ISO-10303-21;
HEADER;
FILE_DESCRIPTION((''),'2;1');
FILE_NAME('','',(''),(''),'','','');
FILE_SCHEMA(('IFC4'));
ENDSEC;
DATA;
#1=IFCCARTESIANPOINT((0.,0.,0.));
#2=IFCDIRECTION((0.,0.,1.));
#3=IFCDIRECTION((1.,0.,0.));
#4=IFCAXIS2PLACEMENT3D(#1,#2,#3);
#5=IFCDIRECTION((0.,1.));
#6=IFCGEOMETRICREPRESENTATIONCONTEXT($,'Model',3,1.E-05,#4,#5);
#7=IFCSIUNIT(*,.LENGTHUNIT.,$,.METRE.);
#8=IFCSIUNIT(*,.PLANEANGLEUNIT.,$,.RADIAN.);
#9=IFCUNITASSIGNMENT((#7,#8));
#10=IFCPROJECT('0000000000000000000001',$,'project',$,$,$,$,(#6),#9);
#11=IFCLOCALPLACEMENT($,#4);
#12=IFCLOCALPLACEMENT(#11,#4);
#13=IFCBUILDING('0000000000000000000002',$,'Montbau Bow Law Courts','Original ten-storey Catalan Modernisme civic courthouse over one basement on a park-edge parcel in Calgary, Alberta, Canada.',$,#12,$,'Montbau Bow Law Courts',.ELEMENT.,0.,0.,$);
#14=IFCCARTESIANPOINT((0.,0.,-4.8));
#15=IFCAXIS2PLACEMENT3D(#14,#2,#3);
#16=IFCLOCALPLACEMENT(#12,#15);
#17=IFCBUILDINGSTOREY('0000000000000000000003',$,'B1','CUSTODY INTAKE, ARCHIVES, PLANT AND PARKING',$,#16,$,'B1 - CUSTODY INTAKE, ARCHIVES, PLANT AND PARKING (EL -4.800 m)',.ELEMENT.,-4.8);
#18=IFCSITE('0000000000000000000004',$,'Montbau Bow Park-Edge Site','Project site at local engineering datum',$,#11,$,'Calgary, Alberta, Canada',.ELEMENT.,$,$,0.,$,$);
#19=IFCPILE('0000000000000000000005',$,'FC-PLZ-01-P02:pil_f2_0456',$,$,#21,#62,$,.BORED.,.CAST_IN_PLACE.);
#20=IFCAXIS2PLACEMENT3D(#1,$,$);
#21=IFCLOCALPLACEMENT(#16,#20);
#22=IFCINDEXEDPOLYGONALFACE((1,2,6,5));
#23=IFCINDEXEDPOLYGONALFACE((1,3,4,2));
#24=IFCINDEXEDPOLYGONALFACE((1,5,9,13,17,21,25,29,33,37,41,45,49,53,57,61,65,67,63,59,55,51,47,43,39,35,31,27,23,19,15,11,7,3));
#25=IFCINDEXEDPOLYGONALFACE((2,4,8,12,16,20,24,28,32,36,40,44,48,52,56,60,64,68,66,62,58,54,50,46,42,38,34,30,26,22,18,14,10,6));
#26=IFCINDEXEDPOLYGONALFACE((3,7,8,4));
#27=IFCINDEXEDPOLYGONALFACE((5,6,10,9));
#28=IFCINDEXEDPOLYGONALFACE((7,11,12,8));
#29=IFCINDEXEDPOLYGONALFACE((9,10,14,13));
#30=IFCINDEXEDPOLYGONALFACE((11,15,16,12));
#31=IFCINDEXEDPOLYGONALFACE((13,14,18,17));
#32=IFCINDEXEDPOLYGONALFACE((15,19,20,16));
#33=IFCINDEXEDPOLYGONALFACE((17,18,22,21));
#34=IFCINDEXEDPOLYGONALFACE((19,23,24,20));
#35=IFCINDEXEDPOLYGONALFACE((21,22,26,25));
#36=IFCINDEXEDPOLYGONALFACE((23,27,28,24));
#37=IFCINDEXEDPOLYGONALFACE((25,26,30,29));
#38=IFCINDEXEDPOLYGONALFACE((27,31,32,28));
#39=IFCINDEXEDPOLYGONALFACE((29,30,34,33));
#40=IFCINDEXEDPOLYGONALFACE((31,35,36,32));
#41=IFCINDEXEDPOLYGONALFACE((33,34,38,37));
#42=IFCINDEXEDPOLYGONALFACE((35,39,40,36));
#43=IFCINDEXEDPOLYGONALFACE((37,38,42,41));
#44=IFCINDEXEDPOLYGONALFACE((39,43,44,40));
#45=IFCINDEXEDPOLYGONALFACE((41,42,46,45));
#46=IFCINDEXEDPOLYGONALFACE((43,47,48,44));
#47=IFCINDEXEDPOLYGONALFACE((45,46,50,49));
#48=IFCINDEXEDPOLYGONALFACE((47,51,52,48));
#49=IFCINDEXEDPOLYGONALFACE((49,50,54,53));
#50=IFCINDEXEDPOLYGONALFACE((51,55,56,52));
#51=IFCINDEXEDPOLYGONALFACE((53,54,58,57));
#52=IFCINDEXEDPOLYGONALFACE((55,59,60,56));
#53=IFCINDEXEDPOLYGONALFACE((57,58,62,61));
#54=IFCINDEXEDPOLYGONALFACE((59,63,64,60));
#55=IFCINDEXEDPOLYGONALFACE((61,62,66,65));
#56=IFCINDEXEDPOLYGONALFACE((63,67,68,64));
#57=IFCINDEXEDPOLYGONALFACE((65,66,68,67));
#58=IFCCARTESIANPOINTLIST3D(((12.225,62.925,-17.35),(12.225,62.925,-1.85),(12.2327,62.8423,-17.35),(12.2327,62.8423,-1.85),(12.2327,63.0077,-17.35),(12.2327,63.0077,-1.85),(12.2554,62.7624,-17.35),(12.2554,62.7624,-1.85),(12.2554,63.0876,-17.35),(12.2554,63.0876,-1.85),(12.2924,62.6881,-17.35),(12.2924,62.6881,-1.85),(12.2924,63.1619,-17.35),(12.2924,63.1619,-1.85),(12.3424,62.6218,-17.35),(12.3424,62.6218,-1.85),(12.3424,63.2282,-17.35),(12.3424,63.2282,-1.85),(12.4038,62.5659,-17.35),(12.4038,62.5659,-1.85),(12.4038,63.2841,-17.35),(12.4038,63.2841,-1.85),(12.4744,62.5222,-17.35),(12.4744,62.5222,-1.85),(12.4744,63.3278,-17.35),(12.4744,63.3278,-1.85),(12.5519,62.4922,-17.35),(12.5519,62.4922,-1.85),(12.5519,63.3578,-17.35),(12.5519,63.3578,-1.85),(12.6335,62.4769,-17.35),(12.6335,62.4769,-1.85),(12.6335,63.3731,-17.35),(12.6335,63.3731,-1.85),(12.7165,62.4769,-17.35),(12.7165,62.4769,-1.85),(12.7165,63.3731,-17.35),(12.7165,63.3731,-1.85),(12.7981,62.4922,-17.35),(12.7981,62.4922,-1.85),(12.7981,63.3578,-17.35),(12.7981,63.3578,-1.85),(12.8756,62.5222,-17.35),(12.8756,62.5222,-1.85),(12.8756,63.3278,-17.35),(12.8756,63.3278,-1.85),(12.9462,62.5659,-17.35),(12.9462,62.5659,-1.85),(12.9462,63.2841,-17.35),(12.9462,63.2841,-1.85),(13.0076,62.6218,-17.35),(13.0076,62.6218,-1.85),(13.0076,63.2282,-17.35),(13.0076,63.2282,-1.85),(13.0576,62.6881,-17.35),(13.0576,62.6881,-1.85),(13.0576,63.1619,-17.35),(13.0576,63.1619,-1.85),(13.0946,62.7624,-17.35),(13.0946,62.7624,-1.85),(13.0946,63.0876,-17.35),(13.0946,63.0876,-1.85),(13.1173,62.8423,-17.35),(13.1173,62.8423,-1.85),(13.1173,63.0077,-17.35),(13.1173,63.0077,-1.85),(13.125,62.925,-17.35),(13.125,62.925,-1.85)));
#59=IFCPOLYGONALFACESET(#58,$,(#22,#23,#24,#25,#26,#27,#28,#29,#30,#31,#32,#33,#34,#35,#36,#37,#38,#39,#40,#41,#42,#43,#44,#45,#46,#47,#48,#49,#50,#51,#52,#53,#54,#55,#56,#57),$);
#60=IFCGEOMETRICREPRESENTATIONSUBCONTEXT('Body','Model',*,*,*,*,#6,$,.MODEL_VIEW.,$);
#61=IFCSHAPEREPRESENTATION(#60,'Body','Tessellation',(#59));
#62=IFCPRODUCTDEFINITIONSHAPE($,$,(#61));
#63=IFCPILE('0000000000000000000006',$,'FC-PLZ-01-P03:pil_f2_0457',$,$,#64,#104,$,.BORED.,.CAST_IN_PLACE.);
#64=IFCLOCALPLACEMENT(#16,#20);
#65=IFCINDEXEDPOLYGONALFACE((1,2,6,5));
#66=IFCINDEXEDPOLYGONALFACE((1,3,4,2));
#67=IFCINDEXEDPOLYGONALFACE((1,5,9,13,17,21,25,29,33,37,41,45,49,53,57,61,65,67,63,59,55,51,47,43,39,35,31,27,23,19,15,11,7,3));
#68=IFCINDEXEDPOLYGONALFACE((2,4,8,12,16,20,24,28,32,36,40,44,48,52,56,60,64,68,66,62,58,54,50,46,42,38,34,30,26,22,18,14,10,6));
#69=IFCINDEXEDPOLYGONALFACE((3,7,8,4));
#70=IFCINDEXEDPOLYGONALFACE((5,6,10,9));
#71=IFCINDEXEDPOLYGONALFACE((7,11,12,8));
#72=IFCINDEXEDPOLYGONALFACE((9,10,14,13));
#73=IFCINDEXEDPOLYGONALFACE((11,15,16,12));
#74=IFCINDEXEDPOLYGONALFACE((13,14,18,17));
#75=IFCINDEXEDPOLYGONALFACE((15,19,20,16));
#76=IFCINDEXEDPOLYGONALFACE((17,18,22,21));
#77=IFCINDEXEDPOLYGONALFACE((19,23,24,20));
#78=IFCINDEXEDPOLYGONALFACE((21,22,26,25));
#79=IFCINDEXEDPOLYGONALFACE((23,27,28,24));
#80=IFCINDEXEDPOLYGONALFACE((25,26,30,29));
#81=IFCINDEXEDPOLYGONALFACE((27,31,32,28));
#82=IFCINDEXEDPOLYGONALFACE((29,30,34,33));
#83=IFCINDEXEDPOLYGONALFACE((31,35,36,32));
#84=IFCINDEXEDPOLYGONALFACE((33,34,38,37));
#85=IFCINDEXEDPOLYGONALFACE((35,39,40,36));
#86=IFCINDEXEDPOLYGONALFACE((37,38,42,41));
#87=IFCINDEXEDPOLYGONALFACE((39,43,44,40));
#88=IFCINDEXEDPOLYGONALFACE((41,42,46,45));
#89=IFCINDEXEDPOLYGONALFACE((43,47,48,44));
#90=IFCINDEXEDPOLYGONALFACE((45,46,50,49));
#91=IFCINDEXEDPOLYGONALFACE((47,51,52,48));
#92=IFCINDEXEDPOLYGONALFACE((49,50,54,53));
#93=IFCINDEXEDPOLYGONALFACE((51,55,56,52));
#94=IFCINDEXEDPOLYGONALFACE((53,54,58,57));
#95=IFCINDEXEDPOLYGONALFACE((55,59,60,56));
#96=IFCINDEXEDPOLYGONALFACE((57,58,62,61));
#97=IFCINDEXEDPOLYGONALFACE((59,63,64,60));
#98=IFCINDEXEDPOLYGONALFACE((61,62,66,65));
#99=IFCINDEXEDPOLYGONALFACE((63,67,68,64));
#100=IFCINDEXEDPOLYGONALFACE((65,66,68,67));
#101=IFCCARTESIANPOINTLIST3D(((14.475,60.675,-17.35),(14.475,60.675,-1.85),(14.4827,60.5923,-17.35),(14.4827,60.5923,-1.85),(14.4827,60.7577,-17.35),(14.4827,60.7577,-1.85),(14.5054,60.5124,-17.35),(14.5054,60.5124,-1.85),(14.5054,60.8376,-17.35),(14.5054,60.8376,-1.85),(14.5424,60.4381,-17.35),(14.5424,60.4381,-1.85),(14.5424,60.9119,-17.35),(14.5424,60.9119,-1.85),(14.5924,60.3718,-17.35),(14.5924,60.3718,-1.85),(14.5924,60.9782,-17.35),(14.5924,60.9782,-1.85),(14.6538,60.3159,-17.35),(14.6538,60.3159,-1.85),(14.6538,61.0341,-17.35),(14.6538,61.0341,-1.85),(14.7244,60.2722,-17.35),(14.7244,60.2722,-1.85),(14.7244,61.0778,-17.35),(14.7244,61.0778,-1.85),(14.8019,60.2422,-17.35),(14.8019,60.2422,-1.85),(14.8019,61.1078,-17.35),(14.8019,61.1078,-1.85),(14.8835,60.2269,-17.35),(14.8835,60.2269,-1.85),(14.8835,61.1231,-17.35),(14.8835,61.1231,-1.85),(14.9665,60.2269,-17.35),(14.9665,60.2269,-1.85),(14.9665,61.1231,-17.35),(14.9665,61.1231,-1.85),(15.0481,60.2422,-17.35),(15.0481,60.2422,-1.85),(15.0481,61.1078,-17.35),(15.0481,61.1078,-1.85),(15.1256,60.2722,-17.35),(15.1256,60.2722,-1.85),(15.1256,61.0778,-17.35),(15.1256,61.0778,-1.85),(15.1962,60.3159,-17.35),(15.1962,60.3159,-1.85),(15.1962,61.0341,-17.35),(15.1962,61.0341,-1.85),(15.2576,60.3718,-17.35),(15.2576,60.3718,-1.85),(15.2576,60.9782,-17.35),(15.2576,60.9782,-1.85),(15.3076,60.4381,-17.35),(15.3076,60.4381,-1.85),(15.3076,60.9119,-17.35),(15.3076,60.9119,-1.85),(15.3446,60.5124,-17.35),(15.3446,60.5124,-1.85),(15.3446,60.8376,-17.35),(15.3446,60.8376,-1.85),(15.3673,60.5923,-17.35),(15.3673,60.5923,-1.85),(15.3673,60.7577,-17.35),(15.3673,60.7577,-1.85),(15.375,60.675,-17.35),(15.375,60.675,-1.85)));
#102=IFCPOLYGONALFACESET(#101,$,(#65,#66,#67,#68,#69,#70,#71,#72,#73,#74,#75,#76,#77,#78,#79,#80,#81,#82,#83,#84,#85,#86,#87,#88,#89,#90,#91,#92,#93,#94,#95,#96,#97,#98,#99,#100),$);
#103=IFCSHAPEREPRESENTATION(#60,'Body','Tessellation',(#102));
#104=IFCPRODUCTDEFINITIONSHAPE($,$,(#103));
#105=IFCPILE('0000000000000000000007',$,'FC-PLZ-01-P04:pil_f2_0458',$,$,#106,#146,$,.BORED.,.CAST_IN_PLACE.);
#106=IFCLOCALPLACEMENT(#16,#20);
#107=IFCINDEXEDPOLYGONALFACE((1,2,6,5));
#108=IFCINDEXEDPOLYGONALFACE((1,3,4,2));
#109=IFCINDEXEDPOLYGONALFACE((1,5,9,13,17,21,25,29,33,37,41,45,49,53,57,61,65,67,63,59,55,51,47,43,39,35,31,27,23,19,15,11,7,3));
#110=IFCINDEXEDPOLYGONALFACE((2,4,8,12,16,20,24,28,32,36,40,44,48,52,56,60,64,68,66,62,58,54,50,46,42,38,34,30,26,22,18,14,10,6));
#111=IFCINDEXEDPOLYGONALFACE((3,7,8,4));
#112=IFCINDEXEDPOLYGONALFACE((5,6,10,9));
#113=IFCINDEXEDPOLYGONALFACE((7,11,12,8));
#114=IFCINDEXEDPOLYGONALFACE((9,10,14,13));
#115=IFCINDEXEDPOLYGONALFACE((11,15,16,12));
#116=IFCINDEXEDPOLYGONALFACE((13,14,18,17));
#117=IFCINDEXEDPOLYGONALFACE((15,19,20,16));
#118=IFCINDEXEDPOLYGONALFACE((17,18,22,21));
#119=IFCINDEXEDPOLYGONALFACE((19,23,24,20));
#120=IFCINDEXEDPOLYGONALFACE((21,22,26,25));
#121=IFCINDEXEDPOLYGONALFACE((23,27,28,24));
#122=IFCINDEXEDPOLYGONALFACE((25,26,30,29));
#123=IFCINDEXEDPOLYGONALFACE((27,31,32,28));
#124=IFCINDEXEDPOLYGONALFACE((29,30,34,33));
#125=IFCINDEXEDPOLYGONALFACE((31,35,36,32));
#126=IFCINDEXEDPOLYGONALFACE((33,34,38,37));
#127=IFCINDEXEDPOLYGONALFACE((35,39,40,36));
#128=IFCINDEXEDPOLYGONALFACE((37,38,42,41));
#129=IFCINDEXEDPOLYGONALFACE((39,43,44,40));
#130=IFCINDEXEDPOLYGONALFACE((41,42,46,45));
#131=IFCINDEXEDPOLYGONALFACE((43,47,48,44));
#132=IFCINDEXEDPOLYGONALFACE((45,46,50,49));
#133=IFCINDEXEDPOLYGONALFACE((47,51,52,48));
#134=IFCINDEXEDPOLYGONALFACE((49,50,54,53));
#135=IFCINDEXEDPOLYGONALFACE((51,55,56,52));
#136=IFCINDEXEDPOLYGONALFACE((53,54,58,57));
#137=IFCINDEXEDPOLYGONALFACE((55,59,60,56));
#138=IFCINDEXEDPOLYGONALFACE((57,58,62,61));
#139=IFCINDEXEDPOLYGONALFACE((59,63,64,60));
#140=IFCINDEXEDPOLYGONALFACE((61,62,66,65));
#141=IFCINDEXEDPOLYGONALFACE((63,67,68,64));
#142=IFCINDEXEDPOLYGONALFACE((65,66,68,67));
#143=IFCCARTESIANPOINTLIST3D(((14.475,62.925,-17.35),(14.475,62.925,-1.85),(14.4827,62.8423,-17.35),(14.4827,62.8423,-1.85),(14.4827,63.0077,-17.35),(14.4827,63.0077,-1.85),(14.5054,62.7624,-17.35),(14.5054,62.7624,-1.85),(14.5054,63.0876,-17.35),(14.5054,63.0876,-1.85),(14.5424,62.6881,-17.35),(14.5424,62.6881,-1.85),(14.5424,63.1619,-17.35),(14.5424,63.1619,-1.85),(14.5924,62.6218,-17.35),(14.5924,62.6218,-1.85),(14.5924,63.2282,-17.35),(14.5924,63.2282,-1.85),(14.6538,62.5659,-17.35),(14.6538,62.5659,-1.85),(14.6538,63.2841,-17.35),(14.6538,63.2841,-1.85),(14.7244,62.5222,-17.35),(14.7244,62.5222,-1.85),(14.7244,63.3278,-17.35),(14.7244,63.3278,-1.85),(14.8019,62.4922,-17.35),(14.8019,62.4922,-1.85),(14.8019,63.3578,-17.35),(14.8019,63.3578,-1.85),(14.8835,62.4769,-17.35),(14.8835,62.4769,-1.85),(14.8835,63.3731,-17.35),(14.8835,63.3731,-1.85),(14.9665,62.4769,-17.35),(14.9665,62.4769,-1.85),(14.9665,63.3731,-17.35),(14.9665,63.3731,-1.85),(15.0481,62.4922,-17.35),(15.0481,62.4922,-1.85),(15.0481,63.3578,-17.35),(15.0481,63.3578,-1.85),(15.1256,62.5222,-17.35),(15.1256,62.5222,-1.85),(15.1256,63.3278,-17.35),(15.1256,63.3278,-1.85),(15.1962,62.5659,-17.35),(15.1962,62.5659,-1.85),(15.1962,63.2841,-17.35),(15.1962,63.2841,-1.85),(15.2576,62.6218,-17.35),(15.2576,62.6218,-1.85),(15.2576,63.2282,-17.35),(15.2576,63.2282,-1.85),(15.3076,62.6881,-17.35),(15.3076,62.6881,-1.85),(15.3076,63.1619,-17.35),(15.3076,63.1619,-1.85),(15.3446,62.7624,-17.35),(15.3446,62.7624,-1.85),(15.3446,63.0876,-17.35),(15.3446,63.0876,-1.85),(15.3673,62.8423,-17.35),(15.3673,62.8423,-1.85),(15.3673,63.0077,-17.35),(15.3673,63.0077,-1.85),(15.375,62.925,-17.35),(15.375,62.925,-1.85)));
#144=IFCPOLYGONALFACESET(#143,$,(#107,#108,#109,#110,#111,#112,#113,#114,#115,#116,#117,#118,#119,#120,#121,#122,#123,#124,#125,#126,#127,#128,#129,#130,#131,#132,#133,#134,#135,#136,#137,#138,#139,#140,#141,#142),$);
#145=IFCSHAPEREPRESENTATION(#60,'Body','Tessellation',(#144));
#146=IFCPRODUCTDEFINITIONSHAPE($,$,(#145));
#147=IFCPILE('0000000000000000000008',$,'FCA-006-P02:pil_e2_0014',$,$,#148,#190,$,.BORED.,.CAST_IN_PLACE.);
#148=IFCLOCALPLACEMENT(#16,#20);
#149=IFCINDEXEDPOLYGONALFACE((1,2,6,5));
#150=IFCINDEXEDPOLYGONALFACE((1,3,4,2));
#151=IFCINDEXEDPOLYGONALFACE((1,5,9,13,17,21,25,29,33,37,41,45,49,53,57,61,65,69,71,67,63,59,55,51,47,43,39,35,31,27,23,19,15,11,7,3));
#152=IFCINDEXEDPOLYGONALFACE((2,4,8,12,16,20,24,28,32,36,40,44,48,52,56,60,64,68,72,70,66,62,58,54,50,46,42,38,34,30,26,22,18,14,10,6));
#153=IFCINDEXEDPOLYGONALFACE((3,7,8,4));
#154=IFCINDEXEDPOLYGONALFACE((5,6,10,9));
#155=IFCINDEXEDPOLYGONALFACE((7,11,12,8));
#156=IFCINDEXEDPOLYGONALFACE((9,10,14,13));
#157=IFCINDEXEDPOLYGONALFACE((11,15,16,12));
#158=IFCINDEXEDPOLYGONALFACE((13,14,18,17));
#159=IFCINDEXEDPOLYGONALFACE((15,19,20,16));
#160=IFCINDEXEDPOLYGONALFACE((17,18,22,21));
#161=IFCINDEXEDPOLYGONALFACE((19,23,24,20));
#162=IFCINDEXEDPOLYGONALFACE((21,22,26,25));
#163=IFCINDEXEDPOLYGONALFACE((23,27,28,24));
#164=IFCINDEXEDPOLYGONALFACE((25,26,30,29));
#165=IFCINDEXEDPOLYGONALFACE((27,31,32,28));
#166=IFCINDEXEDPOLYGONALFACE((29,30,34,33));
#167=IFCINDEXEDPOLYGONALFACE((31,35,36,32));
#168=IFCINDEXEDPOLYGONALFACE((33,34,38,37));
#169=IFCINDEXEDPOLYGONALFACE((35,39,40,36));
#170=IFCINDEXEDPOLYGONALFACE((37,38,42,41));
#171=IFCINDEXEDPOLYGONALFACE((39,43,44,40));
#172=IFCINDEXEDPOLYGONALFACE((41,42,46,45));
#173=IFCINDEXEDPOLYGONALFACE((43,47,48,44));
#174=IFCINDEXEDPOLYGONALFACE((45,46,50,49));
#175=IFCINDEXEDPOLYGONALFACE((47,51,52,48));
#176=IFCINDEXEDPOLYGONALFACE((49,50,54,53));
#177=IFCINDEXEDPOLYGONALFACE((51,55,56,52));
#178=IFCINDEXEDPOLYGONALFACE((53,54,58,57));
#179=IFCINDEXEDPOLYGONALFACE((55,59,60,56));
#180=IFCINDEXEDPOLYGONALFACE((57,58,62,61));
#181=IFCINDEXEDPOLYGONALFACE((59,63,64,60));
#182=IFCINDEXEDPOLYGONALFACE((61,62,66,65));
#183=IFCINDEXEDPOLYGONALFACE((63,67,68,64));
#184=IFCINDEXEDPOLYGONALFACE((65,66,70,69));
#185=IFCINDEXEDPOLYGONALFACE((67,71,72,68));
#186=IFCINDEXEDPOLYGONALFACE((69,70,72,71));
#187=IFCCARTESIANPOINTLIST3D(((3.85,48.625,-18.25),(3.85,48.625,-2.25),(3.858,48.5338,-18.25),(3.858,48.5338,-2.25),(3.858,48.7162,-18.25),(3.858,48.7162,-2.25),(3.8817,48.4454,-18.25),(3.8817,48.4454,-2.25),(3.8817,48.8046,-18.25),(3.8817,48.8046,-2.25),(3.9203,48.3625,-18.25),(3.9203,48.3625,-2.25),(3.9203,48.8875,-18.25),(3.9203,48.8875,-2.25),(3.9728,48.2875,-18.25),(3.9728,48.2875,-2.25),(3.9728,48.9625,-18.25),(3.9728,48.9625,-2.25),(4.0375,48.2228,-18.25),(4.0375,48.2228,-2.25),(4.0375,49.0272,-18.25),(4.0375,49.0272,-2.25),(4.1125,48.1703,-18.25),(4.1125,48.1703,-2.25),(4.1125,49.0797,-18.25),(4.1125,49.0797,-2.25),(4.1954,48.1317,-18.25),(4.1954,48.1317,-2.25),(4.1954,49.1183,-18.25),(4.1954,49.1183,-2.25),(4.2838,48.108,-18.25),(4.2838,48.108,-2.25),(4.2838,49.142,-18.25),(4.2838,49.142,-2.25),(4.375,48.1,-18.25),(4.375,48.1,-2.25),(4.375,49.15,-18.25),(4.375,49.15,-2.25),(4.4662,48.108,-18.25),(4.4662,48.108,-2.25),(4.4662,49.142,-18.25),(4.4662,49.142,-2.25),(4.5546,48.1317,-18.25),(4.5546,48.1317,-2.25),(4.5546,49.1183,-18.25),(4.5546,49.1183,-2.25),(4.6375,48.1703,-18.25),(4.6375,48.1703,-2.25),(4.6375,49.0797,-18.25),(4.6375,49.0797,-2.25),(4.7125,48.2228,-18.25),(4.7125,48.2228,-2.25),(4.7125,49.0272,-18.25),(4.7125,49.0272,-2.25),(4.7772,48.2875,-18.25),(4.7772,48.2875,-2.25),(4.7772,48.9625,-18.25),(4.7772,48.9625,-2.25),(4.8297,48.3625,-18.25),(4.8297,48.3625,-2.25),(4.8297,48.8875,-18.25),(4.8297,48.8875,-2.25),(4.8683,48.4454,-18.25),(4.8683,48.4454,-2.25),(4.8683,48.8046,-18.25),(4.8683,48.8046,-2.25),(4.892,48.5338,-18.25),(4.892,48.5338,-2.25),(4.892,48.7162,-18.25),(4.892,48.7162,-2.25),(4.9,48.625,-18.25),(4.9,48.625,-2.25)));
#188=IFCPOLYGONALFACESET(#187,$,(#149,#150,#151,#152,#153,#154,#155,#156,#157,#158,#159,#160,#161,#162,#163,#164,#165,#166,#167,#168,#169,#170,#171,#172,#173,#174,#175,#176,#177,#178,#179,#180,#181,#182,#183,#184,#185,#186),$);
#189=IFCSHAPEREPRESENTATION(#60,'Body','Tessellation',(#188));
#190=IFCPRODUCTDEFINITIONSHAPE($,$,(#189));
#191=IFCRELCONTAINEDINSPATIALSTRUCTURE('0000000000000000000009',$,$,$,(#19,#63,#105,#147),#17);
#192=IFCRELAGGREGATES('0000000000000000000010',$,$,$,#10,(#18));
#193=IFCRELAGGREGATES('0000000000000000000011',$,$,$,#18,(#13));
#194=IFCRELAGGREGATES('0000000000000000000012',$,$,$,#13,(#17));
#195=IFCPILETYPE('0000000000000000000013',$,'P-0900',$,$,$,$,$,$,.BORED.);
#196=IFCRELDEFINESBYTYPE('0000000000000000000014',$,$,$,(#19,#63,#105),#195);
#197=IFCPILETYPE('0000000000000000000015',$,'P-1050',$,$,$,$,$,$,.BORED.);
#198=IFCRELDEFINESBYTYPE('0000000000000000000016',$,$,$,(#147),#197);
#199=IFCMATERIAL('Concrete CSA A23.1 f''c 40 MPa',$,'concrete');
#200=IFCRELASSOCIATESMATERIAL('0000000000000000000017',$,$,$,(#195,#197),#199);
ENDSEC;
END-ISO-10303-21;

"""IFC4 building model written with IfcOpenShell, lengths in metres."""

from ifc_helpers import new_model, si_unit, direction, frame, origin_with_axes, origin_2d_with_axis, place, context, subcontext, project, spatial, circle, extrude, material, material_profile, profile_set, type_object, element, save


model = new_model("IFC4")

# Units and contexts
model_context = context("Model", 3, precision=1e-05, world=origin_with_axes(), true_north=direction((0.0, 1.0)))
body_context = subcontext(model_context, "Body", "Model", "MODEL_VIEW")
ifc_project = project(units=[si_unit("LENGTHUNIT", "METRE"), si_unit("PLANEANGLEUNIT", "RADIAN")], contexts=[model_context])

# Site, building, storey
site_placement = place(None, origin_with_axes())
site = spatial("IfcSite", under=ifc_project, at=site_placement, Name="Montbau Bow Park-Edge Site", Description="Project site at local engineering datum", LongName="Calgary, Alberta, Canada", CompositionType="ELEMENT", RefElevation=0.0)
building_placement = place(site_placement, origin_with_axes())
building = spatial("IfcBuilding", under=site, at=building_placement, Name="Montbau Bow Law Courts", Description="Original ten-storey Catalan Modernisme civic courthouse over one basement on a park-edge parcel in Calgary, Alberta, Canada.", LongName="Montbau Bow Law Courts", CompositionType="ELEMENT", ElevationOfRefHeight=0.0, ElevationOfTerrain=0.0)
storey_placement = place(building_placement, frame((0.0, 0.0, -4.8), z_axis=(0.0, 0.0, 1.0), x_axis=(1.0, 0.0, 0.0)))
storey = spatial("IfcBuildingStorey", under=building, at=storey_placement, Name="B1", Description="CUSTODY INTAKE, ARCHIVES, PLANT AND PARKING", LongName="B1 - CUSTODY INTAKE, ARCHIVES, PLANT AND PARKING (EL -4.800 m)", CompositionType="ELEMENT", Elevation=-4.8)

# Piles
ifc_material_1 = material(Name="Concrete CSA A23.1 f'c 40 MPa", Category="concrete")
ifc_material_profile_1 = material_profile(ifc_material_1, circle(Radius=0.45, at=origin_2d_with_axis()), Name="BP900", Category="Main", Priority=0)
ifc_profile_set_1 = profile_set([ifc_material_profile_1], Name="Concrete CSA A23.1 f'c 40 MPa")
pile_type_1 = type_object("IfcPileType", Name="P-0900", PredefinedType="BORED", material=ifc_profile_set_1)
for number, where, z_axis, x_axis, name in (
    (1, (12.675, 62.925, -22.15), (0.0, 0.0, 1.0), (1.0, 0.0, 0.0), "FC-PLZ-01-P02:pil_f2_0456"),
    (2, (14.925, 60.675, -22.15), (0.0, 0.0, 1.0), (1.0, 0.0, 0.0), "FC-PLZ-01-P03:pil_f2_0457"),
    (3, (14.925, 62.925, -22.15), (0.0, 0.0, 1.0), (1.0, 0.0, 0.0), "FC-PLZ-01-P04:pil_f2_0458"),
):
    element("IfcPile", number, at=place(None, frame(where, z_axis=z_axis, x_axis=x_axis)), inside=storey, type_object=pile_type_1, Name=name, ConstructionType="CAST_IN_PLACE", PredefinedType="BORED", context=body_context, shape_type="SweptSolid", body=[
        extrude(circle(Radius=0.45, at=origin_2d_with_axis()), origin_with_axes(), (0.0, 0.0, 1.0), 15.5),
    ])
ifc_material_profile_2 = material_profile(ifc_material_1, circle(Radius=0.525, at=origin_2d_with_axis()), Name="BP1050", Category="Main", Priority=0)
ifc_profile_set_2 = profile_set([ifc_material_profile_2], Name="Concrete CSA A23.1 f'c 40 MPa")
pile_type_2 = type_object("IfcPileType", Name="P-1050", PredefinedType="BORED", material=ifc_profile_set_2)
for number, where, z_axis, x_axis, name in (
    (4, (4.375, 48.625, -23.05), (0.0, 0.0, 1.0), (1.0, 0.0, 0.0), "FCA-006-P02:pil_e2_0014"),
):
    element("IfcPile", number, at=place(None, frame(where, z_axis=z_axis, x_axis=x_axis)), inside=storey, type_object=pile_type_2, Name=name, ConstructionType="CAST_IN_PLACE", PredefinedType="BORED", context=body_context, shape_type="SweptSolid", body=[
        extrude(circle(Radius=0.525, at=origin_2d_with_axis()), origin_with_axes(), (0.0, 0.0, 1.0), 16.0),
    ])

save(model, "model.ifc")
